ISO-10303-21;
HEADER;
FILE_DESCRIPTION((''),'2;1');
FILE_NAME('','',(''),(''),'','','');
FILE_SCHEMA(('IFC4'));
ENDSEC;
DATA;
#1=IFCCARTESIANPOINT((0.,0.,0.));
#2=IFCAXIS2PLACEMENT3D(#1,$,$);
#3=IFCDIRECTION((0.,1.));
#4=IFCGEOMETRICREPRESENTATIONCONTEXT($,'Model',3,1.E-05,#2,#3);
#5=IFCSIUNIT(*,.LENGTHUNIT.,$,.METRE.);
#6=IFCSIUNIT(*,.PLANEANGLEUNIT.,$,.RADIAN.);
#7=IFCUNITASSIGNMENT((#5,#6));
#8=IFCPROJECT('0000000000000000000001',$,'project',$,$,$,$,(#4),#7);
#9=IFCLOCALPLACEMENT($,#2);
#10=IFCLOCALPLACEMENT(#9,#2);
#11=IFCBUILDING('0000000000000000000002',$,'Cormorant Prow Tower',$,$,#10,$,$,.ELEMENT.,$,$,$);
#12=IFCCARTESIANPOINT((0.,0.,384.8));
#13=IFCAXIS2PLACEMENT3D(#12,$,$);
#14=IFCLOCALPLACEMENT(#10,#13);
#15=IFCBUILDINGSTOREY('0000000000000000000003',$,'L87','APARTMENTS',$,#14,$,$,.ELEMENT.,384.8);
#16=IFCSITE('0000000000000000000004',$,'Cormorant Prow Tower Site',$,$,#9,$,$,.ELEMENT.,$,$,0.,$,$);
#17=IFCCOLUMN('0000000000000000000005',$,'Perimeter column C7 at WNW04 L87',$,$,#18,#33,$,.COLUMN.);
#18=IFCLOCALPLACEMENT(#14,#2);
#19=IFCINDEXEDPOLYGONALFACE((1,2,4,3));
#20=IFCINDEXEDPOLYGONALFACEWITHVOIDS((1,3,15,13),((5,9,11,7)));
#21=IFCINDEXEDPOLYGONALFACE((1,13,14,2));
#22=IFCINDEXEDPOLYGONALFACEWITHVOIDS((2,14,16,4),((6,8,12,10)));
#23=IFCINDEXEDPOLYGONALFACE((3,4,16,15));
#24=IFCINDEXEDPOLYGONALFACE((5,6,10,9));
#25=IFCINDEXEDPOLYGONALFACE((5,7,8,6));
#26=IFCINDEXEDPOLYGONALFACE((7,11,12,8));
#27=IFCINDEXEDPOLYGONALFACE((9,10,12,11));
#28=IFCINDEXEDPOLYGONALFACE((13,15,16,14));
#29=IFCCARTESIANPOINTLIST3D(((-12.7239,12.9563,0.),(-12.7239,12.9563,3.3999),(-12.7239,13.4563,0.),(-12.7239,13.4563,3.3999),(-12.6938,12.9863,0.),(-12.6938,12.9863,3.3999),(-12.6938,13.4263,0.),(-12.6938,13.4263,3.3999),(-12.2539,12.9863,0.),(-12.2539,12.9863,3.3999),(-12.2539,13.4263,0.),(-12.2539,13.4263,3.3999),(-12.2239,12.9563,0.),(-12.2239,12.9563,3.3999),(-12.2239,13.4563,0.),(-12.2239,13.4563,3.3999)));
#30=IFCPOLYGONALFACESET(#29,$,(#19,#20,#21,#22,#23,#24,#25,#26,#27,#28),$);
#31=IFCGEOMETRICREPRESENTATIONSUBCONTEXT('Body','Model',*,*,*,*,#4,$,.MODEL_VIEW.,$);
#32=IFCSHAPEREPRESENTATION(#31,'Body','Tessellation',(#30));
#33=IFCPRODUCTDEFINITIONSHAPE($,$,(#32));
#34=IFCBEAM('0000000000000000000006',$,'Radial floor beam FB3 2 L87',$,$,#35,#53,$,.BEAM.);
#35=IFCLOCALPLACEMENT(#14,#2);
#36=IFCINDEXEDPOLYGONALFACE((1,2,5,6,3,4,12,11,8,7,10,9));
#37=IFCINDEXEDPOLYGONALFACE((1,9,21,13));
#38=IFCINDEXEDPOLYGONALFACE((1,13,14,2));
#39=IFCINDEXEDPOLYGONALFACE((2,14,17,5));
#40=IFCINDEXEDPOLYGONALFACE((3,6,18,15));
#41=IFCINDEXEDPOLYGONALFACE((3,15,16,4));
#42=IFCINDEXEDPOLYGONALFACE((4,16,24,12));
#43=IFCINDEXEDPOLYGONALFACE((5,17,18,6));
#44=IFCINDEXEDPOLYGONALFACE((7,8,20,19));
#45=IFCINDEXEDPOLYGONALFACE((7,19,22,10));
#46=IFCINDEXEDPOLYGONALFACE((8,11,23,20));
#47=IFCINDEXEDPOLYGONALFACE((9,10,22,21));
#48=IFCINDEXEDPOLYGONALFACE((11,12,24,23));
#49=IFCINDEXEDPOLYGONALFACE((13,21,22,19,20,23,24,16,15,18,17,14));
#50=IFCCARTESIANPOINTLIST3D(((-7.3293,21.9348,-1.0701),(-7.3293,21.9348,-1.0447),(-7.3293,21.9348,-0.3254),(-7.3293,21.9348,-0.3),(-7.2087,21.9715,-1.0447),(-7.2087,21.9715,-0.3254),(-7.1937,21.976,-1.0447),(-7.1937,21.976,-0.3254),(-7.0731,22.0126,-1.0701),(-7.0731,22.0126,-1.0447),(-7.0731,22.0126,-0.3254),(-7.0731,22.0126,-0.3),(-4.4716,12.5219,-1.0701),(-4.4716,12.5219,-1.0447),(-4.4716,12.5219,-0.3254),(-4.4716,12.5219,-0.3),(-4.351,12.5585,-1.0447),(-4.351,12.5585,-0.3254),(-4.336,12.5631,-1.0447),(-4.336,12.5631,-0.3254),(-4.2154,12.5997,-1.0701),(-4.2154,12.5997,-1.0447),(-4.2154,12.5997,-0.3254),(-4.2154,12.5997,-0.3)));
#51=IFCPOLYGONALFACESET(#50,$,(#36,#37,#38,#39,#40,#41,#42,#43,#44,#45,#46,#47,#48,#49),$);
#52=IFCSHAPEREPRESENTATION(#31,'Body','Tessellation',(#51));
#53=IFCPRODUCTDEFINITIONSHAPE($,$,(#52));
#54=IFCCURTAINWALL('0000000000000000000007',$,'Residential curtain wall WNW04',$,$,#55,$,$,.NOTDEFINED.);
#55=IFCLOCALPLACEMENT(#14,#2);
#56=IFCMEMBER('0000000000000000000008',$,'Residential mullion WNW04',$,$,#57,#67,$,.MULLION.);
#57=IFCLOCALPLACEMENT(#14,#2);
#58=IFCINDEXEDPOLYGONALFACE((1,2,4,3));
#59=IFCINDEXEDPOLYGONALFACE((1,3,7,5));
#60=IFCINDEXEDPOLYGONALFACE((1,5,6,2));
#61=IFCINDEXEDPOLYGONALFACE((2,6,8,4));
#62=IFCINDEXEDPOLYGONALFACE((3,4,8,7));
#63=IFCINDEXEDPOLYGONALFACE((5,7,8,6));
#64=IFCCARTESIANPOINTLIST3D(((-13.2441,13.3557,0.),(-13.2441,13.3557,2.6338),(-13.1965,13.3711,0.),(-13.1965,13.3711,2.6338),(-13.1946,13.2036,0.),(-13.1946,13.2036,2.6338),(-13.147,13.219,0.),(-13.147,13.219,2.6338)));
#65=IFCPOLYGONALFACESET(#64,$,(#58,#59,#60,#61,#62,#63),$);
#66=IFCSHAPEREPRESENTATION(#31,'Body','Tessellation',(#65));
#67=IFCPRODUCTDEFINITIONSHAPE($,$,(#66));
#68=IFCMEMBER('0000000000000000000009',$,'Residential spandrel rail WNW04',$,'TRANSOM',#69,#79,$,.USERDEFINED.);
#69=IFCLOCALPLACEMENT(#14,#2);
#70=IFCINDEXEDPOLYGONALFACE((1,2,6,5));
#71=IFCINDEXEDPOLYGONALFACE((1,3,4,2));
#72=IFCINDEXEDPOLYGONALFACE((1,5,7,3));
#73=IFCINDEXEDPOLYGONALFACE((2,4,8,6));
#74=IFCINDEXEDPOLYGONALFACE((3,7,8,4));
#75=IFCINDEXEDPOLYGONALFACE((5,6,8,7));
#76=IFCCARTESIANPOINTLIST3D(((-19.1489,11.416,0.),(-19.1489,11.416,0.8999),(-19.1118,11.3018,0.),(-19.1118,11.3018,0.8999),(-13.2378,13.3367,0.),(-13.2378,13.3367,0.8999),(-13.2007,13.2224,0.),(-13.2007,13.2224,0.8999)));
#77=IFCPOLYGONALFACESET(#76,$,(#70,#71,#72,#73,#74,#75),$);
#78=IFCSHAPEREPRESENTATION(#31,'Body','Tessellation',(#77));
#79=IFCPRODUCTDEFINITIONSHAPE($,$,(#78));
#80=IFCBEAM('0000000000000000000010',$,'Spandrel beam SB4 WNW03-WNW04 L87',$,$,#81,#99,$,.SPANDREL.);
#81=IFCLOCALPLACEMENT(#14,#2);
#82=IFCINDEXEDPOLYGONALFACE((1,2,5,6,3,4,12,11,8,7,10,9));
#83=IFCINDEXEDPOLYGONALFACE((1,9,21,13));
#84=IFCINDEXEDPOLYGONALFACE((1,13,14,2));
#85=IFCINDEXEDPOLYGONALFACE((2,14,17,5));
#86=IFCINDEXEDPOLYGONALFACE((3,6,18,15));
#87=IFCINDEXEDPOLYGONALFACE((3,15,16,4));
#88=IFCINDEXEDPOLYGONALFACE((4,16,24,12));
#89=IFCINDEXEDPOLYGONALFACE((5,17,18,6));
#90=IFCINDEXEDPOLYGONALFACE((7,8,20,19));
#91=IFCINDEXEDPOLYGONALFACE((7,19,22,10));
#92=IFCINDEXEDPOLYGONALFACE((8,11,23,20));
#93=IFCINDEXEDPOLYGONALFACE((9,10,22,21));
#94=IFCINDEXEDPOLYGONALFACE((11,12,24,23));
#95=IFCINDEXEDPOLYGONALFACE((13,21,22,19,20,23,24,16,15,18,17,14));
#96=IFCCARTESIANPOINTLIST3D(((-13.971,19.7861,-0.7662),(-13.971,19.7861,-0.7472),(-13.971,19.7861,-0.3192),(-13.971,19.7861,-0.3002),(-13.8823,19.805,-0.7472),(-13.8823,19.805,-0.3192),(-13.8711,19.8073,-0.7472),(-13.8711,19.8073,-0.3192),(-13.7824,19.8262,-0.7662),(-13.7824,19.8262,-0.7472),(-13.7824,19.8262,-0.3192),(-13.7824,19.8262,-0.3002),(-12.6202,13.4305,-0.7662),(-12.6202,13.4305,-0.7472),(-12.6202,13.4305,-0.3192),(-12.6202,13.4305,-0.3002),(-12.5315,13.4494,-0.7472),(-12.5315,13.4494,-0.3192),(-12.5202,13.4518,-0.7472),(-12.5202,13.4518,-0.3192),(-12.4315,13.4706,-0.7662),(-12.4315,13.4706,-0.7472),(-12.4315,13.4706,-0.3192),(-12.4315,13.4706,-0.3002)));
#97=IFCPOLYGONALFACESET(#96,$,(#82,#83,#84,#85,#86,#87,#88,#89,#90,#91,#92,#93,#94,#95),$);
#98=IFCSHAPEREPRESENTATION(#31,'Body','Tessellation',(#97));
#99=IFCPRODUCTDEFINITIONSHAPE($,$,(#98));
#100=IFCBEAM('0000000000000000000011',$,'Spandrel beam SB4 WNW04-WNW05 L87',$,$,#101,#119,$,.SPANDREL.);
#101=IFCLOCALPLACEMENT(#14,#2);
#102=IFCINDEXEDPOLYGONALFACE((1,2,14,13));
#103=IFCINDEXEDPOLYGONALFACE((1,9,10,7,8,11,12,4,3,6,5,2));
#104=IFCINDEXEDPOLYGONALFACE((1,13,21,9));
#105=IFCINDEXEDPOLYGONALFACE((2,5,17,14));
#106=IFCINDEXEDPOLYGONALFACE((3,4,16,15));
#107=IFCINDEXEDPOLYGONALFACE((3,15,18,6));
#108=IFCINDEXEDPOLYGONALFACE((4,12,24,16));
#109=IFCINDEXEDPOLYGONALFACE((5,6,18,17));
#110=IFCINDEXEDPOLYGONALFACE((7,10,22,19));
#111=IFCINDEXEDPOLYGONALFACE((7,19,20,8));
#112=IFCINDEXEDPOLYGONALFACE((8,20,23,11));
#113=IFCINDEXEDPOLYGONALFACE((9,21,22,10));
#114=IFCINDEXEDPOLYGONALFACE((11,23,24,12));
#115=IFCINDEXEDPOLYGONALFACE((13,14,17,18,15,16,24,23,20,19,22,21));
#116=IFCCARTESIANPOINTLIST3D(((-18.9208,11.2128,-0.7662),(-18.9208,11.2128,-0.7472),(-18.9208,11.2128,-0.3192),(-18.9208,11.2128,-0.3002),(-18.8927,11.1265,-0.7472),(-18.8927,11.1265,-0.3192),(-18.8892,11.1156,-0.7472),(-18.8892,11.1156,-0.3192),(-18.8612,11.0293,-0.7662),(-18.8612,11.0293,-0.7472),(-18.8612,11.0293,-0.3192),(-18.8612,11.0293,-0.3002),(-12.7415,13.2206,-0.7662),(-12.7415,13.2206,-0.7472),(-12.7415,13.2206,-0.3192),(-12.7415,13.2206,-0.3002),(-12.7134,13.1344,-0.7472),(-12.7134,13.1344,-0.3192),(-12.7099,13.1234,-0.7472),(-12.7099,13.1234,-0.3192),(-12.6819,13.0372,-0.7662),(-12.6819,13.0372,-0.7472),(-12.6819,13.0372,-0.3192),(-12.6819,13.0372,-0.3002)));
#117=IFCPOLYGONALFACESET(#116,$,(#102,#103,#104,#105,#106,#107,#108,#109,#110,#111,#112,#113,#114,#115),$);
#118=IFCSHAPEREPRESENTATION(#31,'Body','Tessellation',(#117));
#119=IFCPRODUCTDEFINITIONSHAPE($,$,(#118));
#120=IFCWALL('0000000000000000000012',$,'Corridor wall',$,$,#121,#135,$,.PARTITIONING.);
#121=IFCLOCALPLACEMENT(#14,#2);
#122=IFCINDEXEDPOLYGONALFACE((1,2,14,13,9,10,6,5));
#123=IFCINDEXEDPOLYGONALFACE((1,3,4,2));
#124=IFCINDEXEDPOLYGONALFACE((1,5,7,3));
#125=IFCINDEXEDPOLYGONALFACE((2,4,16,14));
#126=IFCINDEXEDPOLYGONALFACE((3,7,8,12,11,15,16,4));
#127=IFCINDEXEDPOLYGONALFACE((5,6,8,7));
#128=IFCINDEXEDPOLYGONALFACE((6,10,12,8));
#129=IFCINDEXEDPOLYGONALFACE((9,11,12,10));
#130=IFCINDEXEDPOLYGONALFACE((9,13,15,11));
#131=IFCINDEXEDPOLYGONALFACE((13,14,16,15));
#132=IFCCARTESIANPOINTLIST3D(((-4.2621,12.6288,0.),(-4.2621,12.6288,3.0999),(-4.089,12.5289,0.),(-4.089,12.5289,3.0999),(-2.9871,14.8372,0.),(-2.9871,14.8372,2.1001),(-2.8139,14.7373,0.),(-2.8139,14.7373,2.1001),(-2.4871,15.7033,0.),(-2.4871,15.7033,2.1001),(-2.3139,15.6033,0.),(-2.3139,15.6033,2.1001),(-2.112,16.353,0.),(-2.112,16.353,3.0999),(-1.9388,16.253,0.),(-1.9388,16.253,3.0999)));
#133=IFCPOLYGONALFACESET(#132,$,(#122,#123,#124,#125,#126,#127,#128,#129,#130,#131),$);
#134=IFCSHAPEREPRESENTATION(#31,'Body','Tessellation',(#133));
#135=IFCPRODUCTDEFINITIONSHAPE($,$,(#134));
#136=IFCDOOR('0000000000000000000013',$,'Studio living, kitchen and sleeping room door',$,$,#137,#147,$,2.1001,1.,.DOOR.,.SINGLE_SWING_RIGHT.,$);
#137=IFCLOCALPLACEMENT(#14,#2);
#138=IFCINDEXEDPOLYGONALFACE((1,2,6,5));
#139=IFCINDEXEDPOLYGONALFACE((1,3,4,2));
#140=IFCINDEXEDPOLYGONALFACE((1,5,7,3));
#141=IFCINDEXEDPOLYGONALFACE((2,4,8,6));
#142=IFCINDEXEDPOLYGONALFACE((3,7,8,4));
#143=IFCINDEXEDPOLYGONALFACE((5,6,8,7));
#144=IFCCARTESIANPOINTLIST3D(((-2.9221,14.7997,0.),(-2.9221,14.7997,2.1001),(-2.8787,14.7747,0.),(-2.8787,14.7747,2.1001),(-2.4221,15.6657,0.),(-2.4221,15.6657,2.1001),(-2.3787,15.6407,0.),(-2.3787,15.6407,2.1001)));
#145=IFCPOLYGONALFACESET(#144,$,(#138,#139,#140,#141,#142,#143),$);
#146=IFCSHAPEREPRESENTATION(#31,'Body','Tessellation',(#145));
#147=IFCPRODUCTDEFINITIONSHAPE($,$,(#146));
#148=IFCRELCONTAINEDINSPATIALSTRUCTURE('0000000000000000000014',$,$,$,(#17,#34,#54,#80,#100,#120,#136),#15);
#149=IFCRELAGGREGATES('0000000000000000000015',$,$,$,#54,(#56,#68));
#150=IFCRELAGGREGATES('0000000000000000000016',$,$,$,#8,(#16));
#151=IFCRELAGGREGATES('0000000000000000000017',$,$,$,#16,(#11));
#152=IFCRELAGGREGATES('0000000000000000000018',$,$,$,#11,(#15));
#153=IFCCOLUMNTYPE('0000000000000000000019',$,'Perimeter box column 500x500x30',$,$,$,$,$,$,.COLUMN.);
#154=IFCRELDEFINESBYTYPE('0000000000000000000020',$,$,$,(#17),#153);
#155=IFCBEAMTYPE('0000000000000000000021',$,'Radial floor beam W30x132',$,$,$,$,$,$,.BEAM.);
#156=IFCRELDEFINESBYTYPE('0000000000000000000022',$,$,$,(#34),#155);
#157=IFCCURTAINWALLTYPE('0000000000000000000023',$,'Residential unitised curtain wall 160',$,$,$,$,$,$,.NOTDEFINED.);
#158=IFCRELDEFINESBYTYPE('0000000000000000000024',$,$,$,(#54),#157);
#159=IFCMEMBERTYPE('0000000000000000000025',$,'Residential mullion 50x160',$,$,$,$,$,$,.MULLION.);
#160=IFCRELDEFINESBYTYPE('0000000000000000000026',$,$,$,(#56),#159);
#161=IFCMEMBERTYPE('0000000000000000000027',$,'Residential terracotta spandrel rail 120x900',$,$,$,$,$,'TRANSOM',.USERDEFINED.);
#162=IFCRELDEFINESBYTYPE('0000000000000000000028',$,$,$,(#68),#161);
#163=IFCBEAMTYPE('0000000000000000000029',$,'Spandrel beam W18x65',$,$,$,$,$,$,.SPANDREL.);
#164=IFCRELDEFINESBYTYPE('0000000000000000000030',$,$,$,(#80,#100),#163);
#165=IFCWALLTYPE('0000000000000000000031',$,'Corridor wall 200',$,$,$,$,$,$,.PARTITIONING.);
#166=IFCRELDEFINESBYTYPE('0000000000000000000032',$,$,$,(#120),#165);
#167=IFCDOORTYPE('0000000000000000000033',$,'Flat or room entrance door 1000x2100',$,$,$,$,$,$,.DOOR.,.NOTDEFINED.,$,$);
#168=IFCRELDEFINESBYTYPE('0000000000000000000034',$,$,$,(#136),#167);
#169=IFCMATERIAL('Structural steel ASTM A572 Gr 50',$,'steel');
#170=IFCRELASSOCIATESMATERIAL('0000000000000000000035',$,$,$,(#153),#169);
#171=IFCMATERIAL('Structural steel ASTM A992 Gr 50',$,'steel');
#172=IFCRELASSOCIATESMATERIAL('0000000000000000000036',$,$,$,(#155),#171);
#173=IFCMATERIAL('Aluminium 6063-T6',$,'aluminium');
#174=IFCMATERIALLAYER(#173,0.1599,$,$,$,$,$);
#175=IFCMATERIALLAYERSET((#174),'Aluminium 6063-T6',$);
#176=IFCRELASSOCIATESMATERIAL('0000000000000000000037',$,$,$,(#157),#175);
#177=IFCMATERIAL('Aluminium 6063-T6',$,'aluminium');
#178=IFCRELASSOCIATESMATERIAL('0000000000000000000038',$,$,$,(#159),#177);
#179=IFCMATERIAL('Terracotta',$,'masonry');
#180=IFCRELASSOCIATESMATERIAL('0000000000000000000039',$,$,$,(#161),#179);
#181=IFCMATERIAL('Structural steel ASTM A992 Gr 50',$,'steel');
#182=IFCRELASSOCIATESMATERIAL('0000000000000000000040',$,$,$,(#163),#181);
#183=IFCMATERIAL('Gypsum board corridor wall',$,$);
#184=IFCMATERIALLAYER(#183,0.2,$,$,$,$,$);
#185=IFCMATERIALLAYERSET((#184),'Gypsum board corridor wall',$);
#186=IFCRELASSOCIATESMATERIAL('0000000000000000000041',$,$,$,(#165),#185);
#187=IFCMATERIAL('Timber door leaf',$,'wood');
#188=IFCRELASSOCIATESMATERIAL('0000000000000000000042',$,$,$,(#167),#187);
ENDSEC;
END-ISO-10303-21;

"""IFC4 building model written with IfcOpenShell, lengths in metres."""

from ifc_helpers import new_model, si_unit, direction, frame, frame_2d, origin, origin_2d, place, context, subcontext, project, spatial, rectangle, hollow_rectangle, i_section, extrude, material, layer, layer_set, material_profile, profile_set, type_object, element, fill, aggregate, save


model = new_model("IFC4")

# Units and contexts
model_context = context("Model", 3, precision=1e-05, world=origin(), true_north=direction((0.0, 1.0)))
body_context = subcontext(model_context, "Body", "Model", "MODEL_VIEW")
ifc_project = project(units=[si_unit("LENGTHUNIT", "METRE"), si_unit("PLANEANGLEUNIT", "RADIAN")], contexts=[model_context])

# Site, building, storey
site_placement = place(None, origin())
site = spatial("IfcSite", under=ifc_project, at=site_placement, Name="Cormorant Prow Tower Site", CompositionType="ELEMENT", RefElevation=0.0)
building_placement = place(site_placement, origin())
building = spatial("IfcBuilding", under=site, at=building_placement, Name="Cormorant Prow Tower", CompositionType="ELEMENT")
storey_placement = place(building_placement, frame((0.0, 0.0, 384.8)))
storey = spatial("IfcBuildingStorey", under=building, at=storey_placement, Name="L87", Description="APARTMENTS", CompositionType="ELEMENT", Elevation=384.8)

# Column
ifc_material_1 = material(Name="Structural steel ASTM A572 Gr 50", Category="steel")
ifc_material_profile_1 = material_profile(ifc_material_1, hollow_rectangle(XDim=0.5, YDim=0.5, WallThickness=0.03, at=origin_2d()), Name="Box 500x500x30")
ifc_profile_set_1 = profile_set([ifc_material_profile_1], Name="Structural steel ASTM A572 Gr 50")
column_type = type_object("IfcColumnType", Name="Perimeter box column 500x500x30", PredefinedType="COLUMN", material=ifc_profile_set_1)
column_placement = place(storey_placement, frame((-12.4739, 13.2063, 0.0), z_axis=(0.0, 0.0, 1.0), x_axis=(1.0, 0.0, 0.0)))
element("IfcColumn", 1, at=column_placement, inside=storey, type_object=column_type, Name="Perimeter column C7 at WNW04 L87", PredefinedType="COLUMN", context=body_context, shape_type="SweptSolid", body=[
    extrude(hollow_rectangle(XDim=0.5, YDim=0.5, WallThickness=0.03, at=origin_2d()), origin(), (0.0, 0.0, 1.0), 3.3999),
])

# Beam
ifc_material_2 = material(Name="Structural steel ASTM A992 Gr 50", Category="steel")
ifc_material_profile_2 = material_profile(ifc_material_2, i_section(OverallWidth=0.2678, OverallDepth=0.77, WebThickness=0.0156, FlangeThickness=0.0254, at=origin_2d()), Name="W30x132")
ifc_profile_set_2 = profile_set([ifc_material_profile_2], Name="Structural steel ASTM A992 Gr 50")
beam_type_1 = type_object("IfcBeamType", Name="Radial floor beam W30x132", PredefinedType="BEAM", material=ifc_profile_set_2)
beam_1_placement = place(storey_placement, frame((-4.3435, 12.5608, -0.6851), z_axis=(-0.2905, 0.956875, 0.0), x_axis=(-0.956875, -0.2905, 0.0)))
element("IfcBeam", 2, at=beam_1_placement, inside=storey, type_object=beam_type_1, Name="Radial floor beam FB3 2 L87", PredefinedType="BEAM", context=body_context, shape_type="SweptSolid", body=[
    extrude(i_section(OverallWidth=0.2678, OverallDepth=0.77, WebThickness=0.0156, FlangeThickness=0.0254, at=origin_2d()), origin(), (0.0, 0.0, 1.0), 9.8372),
])

# Curtain wall, members
ifc_material_3 = material(Name="Aluminium 6063-T6", Category="aluminium")
ifc_layer_1 = layer(ifc_material_3, 0.1599)
ifc_layer_set_1 = layer_set([ifc_layer_1], Name="Aluminium 6063-T6")
curtain_wall_type = type_object("IfcCurtainWallType", Name="Residential unitised curtain wall 160", PredefinedType="NOTDEFINED", material=ifc_layer_set_1)
curtain_wall_placement = place(storey_placement, origin())
curtain_wall = element("IfcCurtainWall", 3, at=curtain_wall_placement, inside=storey, type_object=curtain_wall_type, Name="Residential curtain wall WNW04", PredefinedType="NOTDEFINED")
ifc_material_4 = material(Name="Aluminium 6063-T6", Category="aluminium")
ifc_material_profile_3 = material_profile(ifc_material_4, rectangle(XDim=0.1599, YDim=0.05, at=origin_2d()), Name="Residential mullion 50x160")
ifc_profile_set_3 = profile_set([ifc_material_profile_3], Name="Aluminium 6063-T6")
member_type_1 = type_object("IfcMemberType", Name="Residential mullion 50x160", PredefinedType="MULLION", material=ifc_profile_set_3)
member_1_placement = place(storey_placement, frame((-13.1956, 13.2874, 0.0), z_axis=(0.0, 0.0, 1.0), x_axis=(0.309017, -0.951057, 0.0)))
member_1 = element("IfcMember", 4, at=member_1_placement, type_object=member_type_1, Name="Residential mullion WNW04", PredefinedType="MULLION", context=body_context, shape_type="SweptSolid", body=[
    extrude(rectangle(XDim=0.1599, YDim=0.05, at=origin_2d()), origin(), (0.0, 0.0, 1.0), 2.6338),
])
ifc_material_5 = material(Name="Terracotta", Category="masonry")
ifc_material_profile_4 = material_profile(ifc_material_5, rectangle(XDim=0.1201, YDim=0.8999, at=origin_2d()), Name="Residential terracotta spandrel rail 120x900")
ifc_profile_set_4 = profile_set([ifc_material_profile_4], Name="Terracotta")
member_type_2 = type_object("IfcMemberType", Name="Residential terracotta spandrel rail 120x900", ElementType="TRANSOM", PredefinedType="USERDEFINED", material=ifc_profile_set_4)
member_2_placement = place(storey_placement, frame((-13.2192, 13.2795, 0.45), z_axis=(-0.951056, -0.309019, 0.0), x_axis=(0.309019, -0.951056, 0.0)))
member_2 = element("IfcMember", 5, at=member_2_placement, type_object=member_type_2, Name="Residential spandrel rail WNW04", ObjectType="TRANSOM", PredefinedType="USERDEFINED", context=body_context, shape_type="SweptSolid", body=[
    extrude(rectangle(XDim=0.1201, YDim=0.8999, at=origin_2d()), origin(), (0.0, 0.0, 1.0), 6.2153),
])
aggregate(curtain_wall, [member_1, member_2])

# Beams
ifc_material_6 = material(Name="Structural steel ASTM A992 Gr 50", Category="steel")
ifc_material_profile_5 = material_profile(ifc_material_6, i_section(OverallWidth=0.1929, OverallDepth=0.4661, WebThickness=0.0115, FlangeThickness=0.019, at=origin_2d()), Name="W18x65")
ifc_profile_set_5 = profile_set([ifc_material_profile_5], Name="Structural steel ASTM A992 Gr 50")
beam_type_2 = type_object("IfcBeamType", Name="Spandrel beam W18x65", PredefinedType="SPANDREL", material=ifc_profile_set_5)
beam_2_placement = place(storey_placement, frame((-13.8767, 19.8062, -0.5332), z_axis=(0.207902, -0.97815, 0.0), x_axis=(0.97815, 0.207902, 0.0)))
element("IfcBeam", 6, at=beam_2_placement, inside=storey, type_object=beam_type_2, Name="Spandrel beam SB4 WNW03-WNW04 L87", PredefinedType="SPANDREL", context=body_context, shape_type="SweptSolid", body=[
    extrude(i_section(OverallWidth=0.1929, OverallDepth=0.4661, WebThickness=0.0115, FlangeThickness=0.019, at=origin_2d()), origin(), (0.0, 0.0, 1.0), 6.4976),
])
beam_3_placement = place(storey_placement, frame((-12.7117, 13.1289, -0.5332), z_axis=(-0.951053, -0.309027, 0.0), x_axis=(0.309027, -0.951053, 0.0)))
element("IfcBeam", 7, at=beam_3_placement, inside=storey, type_object=beam_type_2, Name="Spandrel beam SB4 WNW04-WNW05 L87", PredefinedType="SPANDREL", context=body_context, shape_type="SweptSolid", body=[
    extrude(i_section(OverallWidth=0.1929, OverallDepth=0.4661, WebThickness=0.0115, FlangeThickness=0.019, at=origin_2d()), origin(), (0.0, 0.0, 1.0), 6.4973),
])

# Wall, opening, door
ifc_material_7 = material(Name="Gypsum board corridor wall")
ifc_layer_2 = layer(ifc_material_7, 0.2)
ifc_layer_set_2 = layer_set([ifc_layer_2], Name="Gypsum board corridor wall")
wall_type_1 = type_object("IfcWallType", Name="Corridor wall 200", PredefinedType="PARTITIONING", material=ifc_layer_set_2)
wall_1_placement = place(storey_placement, frame((-4.1755, 12.5789, 0.0), z_axis=(0.0, 0.0, 1.0), x_axis=(0.500004, 0.866023, 0.0)))
wall_1 = element("IfcWall", 8, at=wall_1_placement, inside=storey, type_object=wall_type_1, Name="Corridor wall", PredefinedType="PARTITIONING", context=body_context, shape_type="SweptSolid", body=[
    extrude(rectangle(XDim=4.3003, YDim=0.2, at=frame_2d((2.1501, 0.0))), origin(), (0.0, 0.0, 1.0), 3.0999),
])
opening_1_placement = place(wall_1_placement, frame((2.55, 0.0, 0.0)))
opening_1 = element("IfcOpeningElement", 9, at=opening_1_placement, cuts=wall_1, PredefinedType="OPENING", context=body_context, shape_type="SweptSolid", body=[
    extrude(rectangle(XDim=1.0, YDim=2.1001, at=frame_2d((0.5, 1.05))), frame((0.0, 0.1099, 0.0), z_axis=(0.0, -1.0, 0.0), x_axis=(1.0, 0.0, 0.0)), (0.0, 0.0, 1.0), 0.22),
])
ifc_material_8 = material(Name="Timber door leaf", Category="wood")
door_type_1 = type_object("IfcDoorType", Name="Flat or room entrance door 1000x2100", OperationType="NOTDEFINED", PredefinedType="DOOR", material=ifc_material_8)
door_1_placement = place(opening_1_placement, origin())
door_1 = element("IfcDoor", 10, at=door_1_placement, inside=storey, type_object=door_type_1, Name="Studio living, kitchen and sleeping room door", OperationType="SINGLE_SWING_RIGHT", OverallHeight=2.1001, OverallWidth=1.0, PredefinedType="DOOR", context=body_context, shape_type="SweptSolid", body=[
    extrude(rectangle(XDim=1.0, YDim=2.1001, at=frame_2d((0.5, 1.05))), frame((0.0, 0.0249, 0.0), z_axis=(0.0, -1.0, 0.0), x_axis=(1.0, 0.0, 0.0)), (0.0, 0.0, 1.0), 0.05),
])
fill(opening_1, door_1)

save(model, "model.ifc")
